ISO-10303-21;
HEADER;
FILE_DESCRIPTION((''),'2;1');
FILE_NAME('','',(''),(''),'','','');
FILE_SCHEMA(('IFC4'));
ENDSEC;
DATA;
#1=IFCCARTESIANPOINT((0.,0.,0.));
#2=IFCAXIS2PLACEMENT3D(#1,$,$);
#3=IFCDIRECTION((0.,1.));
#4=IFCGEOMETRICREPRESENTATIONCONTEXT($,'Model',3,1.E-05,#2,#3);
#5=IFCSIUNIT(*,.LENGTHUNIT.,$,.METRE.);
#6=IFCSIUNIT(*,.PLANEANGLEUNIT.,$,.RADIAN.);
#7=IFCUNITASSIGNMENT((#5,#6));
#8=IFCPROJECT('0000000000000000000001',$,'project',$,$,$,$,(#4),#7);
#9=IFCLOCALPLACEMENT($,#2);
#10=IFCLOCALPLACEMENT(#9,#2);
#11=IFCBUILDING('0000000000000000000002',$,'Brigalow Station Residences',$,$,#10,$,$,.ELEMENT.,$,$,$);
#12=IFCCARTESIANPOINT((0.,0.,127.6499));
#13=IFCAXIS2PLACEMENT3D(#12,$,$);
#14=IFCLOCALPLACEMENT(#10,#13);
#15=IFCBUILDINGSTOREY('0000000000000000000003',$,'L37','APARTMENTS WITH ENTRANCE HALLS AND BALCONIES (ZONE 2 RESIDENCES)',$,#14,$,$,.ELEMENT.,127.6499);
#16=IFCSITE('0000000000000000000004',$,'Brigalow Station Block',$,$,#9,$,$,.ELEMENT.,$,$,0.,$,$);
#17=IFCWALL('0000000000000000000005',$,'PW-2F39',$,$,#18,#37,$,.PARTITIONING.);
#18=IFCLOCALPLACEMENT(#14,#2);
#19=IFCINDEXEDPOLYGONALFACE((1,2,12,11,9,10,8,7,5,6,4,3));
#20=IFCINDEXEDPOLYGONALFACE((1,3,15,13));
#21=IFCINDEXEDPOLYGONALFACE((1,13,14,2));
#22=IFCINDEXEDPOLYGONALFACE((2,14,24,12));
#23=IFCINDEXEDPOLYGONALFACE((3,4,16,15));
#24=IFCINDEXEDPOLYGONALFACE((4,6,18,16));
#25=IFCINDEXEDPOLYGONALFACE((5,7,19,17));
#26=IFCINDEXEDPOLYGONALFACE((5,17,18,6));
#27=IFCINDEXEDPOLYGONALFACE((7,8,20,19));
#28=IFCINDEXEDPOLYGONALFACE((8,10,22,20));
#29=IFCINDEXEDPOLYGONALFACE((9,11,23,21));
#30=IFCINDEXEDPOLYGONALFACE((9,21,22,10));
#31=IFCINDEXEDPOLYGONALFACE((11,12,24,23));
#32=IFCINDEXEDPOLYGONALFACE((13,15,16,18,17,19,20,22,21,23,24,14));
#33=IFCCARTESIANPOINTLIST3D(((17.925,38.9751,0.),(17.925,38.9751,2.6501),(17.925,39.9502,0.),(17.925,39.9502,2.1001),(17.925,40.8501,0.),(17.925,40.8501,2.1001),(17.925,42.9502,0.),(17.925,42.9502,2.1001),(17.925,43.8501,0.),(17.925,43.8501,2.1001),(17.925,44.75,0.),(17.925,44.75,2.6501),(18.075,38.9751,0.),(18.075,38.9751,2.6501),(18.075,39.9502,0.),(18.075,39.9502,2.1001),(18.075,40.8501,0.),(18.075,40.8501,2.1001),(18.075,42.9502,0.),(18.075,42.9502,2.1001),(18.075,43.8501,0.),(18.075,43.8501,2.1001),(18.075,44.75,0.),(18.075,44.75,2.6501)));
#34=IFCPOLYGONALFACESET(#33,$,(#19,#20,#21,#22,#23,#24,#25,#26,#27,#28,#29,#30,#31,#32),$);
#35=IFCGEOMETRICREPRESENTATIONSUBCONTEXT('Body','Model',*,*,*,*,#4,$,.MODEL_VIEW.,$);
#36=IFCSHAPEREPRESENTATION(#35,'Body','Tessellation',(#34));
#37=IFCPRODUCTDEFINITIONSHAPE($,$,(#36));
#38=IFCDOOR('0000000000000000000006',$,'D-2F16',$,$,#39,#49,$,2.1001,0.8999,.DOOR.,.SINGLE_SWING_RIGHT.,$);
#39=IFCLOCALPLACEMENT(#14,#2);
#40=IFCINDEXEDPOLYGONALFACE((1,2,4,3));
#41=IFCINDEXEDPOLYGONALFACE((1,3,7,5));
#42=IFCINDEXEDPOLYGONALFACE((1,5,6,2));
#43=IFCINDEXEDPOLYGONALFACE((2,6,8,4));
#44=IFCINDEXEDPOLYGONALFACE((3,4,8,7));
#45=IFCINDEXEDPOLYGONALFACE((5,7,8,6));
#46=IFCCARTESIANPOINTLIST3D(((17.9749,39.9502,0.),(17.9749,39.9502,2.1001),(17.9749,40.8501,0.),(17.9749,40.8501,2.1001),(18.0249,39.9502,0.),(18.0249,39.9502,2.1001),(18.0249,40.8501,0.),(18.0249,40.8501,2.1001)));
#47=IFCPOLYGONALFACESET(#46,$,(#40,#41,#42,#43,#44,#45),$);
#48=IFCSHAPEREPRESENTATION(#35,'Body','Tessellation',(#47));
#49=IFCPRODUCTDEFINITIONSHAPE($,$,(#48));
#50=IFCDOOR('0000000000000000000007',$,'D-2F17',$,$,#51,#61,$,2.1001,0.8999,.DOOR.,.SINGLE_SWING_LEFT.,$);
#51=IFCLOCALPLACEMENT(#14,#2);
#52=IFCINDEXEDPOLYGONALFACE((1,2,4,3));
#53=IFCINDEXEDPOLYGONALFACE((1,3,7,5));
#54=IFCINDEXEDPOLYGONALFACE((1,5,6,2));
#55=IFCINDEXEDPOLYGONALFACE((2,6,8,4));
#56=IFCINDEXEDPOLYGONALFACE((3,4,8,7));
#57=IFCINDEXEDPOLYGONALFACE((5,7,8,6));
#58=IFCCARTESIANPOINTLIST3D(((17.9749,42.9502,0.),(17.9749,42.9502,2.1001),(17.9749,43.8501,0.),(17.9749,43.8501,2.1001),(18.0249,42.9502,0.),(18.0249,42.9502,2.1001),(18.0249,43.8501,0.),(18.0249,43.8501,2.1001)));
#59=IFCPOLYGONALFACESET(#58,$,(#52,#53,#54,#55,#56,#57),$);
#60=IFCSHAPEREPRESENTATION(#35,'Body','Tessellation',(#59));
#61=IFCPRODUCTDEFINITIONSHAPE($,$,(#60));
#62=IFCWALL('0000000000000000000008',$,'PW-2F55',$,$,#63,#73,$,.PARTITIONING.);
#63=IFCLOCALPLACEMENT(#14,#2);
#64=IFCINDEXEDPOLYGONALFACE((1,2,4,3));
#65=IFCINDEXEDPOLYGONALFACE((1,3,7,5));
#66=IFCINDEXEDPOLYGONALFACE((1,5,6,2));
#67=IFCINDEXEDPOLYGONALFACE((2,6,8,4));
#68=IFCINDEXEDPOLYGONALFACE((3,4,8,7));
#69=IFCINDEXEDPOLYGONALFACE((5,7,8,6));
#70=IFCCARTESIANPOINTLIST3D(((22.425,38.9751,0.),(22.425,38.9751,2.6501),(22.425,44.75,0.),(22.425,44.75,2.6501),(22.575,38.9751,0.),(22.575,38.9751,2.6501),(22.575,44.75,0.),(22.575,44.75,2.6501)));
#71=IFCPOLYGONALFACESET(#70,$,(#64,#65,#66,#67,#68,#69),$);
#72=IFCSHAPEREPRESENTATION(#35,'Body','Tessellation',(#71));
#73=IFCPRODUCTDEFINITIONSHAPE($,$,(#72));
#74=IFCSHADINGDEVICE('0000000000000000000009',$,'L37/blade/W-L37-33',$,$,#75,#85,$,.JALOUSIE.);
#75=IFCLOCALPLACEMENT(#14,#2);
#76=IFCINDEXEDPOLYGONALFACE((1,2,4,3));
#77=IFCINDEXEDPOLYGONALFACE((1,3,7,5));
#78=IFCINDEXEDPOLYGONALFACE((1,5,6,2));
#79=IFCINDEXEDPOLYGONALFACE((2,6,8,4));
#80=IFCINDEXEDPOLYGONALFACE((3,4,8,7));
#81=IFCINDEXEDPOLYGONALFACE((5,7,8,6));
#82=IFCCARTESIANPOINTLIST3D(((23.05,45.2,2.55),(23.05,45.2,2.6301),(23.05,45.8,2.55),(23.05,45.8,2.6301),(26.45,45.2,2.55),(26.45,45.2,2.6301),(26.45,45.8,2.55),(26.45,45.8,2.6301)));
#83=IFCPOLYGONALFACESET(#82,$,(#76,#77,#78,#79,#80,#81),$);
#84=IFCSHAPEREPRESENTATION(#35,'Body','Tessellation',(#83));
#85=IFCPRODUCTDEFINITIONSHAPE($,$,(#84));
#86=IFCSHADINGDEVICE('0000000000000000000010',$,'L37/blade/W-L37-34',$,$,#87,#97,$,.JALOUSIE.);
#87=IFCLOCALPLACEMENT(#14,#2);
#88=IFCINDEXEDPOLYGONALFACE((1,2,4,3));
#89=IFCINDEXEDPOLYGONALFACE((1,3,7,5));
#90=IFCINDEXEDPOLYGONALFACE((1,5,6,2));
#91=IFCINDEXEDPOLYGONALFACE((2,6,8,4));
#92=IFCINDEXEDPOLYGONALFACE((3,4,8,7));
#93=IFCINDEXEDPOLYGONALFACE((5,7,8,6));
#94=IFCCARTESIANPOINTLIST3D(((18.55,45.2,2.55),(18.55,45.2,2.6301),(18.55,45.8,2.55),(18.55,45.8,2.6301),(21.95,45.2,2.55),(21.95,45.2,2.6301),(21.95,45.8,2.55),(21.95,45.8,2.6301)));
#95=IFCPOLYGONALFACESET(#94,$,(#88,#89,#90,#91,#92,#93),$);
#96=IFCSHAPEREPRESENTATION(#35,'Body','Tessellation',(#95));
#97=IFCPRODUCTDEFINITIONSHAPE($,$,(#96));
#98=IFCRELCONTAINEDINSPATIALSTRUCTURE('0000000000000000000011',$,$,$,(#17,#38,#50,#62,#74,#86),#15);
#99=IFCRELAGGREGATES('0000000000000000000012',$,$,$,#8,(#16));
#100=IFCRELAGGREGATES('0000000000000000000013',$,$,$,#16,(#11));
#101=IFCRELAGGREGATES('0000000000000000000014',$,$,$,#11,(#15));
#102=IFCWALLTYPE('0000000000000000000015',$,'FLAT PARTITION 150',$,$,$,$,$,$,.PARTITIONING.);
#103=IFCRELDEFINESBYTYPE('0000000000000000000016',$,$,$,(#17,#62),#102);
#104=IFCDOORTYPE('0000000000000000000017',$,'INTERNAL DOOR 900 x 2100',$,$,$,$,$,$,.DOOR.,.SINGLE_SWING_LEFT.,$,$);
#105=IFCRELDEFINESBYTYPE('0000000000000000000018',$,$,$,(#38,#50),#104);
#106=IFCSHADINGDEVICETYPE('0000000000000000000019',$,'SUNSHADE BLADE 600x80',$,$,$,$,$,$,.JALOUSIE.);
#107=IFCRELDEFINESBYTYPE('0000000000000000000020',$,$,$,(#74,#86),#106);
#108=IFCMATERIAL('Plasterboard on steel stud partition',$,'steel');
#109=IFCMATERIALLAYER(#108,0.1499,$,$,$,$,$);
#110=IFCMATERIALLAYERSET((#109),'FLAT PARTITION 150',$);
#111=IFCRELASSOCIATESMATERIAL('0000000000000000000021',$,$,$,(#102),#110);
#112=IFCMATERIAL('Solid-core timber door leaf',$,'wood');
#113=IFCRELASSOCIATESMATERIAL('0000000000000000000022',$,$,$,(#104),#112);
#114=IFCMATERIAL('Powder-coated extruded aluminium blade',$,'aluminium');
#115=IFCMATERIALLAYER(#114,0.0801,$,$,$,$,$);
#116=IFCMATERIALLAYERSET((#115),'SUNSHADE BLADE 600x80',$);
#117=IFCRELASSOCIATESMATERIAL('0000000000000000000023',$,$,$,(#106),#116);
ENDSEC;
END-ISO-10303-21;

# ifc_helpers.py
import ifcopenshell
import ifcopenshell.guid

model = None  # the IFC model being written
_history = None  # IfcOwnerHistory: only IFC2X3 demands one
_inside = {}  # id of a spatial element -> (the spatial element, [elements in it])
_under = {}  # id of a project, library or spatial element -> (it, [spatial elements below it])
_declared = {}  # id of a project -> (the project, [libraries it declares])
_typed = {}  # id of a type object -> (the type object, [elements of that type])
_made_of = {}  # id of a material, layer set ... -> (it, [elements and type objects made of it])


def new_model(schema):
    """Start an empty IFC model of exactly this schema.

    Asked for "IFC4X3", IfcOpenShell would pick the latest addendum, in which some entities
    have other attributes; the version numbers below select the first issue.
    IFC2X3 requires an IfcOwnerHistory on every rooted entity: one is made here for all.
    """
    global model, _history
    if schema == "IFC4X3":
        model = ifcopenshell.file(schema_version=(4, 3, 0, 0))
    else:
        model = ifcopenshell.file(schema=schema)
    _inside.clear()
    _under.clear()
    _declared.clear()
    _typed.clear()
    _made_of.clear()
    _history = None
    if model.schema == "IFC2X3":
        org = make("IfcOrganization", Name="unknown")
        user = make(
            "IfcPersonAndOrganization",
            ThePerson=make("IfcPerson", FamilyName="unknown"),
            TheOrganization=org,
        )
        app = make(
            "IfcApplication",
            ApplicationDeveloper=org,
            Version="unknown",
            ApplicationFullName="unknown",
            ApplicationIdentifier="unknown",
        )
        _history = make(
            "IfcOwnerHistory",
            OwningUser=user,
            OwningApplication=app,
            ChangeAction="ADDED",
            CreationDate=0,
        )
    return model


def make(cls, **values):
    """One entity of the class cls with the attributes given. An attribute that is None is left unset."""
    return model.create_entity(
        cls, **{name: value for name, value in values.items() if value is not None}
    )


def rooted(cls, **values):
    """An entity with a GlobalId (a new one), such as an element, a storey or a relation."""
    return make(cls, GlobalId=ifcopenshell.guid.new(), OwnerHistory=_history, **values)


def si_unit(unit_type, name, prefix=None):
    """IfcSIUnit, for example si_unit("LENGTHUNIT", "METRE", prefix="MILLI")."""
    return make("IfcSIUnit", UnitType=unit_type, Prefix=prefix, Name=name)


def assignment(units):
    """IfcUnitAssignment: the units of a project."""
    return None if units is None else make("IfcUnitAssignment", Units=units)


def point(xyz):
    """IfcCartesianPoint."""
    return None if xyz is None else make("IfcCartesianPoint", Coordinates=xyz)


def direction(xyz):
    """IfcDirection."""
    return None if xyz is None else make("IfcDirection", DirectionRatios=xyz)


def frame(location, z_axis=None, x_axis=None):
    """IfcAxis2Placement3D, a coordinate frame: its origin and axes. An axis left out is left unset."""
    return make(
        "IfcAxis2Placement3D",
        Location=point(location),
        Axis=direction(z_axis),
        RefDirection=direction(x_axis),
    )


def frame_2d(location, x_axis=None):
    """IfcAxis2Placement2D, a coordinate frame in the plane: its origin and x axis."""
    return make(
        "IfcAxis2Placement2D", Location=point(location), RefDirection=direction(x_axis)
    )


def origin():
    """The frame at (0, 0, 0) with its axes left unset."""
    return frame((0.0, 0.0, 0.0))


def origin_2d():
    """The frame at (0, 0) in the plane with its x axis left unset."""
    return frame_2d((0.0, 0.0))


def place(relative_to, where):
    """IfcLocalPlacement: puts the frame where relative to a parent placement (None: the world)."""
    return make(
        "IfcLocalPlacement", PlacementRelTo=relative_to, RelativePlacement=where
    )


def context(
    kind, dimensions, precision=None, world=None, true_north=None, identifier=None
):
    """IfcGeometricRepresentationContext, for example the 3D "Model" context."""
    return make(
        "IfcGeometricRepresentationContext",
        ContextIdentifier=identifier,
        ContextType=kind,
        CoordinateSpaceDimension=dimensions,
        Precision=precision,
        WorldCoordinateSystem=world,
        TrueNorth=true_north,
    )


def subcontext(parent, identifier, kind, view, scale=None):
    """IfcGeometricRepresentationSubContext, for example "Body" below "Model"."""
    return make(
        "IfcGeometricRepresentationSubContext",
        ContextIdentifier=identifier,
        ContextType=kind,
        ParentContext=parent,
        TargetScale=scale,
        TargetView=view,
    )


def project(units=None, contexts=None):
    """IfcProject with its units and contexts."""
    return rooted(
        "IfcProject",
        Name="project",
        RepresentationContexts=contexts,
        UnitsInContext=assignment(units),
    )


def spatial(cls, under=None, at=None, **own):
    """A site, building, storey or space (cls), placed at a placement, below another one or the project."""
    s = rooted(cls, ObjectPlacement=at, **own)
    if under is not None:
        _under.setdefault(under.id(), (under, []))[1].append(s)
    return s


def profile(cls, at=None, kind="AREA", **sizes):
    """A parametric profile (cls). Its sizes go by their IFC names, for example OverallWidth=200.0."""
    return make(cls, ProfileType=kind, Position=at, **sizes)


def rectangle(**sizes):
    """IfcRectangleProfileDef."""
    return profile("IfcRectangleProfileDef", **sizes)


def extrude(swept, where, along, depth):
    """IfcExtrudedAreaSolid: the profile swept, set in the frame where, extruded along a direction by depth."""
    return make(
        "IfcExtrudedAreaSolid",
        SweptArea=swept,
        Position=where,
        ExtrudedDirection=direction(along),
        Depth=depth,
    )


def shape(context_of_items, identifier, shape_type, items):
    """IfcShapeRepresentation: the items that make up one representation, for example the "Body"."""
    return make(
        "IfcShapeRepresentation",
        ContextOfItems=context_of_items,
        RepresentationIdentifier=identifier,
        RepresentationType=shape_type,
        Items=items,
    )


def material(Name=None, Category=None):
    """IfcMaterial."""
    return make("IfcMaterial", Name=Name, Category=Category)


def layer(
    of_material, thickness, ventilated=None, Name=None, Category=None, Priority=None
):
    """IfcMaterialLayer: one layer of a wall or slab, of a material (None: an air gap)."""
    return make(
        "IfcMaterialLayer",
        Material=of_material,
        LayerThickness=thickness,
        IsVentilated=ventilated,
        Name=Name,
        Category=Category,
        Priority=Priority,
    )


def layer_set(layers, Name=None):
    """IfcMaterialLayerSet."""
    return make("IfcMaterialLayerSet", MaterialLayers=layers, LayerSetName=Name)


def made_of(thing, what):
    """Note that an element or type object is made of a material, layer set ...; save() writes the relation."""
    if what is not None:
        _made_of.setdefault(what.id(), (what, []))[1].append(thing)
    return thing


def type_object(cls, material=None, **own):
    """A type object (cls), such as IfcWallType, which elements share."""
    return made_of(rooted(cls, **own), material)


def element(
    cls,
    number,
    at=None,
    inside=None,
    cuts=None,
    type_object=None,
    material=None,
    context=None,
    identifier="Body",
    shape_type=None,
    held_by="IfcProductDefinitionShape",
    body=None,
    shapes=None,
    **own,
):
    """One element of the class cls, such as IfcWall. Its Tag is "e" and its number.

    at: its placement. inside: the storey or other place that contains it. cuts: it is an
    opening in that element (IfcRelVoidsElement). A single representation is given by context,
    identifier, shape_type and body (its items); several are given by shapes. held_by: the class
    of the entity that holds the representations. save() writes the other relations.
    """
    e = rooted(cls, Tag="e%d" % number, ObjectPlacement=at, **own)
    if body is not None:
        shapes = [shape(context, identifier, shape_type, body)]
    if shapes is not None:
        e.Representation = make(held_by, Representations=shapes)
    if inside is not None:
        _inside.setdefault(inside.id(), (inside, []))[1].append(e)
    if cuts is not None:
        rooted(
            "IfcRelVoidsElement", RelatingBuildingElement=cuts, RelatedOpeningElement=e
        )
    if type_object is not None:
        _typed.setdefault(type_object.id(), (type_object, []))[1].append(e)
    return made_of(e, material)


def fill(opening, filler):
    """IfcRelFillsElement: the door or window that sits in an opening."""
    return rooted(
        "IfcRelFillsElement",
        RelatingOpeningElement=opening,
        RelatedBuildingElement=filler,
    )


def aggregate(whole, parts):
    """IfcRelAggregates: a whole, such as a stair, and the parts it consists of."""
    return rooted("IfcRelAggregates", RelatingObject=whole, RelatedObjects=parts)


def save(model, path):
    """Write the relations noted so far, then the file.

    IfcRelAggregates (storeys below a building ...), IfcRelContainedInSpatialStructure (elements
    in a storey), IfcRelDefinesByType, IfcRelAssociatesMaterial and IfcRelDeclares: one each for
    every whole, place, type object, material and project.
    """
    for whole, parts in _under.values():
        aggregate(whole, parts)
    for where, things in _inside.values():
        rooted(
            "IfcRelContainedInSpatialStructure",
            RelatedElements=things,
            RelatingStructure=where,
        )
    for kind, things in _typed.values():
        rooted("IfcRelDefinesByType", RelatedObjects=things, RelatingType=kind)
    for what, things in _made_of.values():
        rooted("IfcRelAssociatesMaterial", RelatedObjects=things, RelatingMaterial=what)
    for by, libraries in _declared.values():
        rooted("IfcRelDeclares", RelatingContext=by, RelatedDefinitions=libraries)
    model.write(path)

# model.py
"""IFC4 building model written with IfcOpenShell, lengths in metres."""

from ifc_helpers import new_model, si_unit, direction, frame, frame_2d, origin, origin_2d, place, context, subcontext, project, spatial, rectangle, extrude, material, layer, layer_set, type_object, element, fill, save


model = new_model("IFC4")

# Units and contexts
model_context = context("Model", 3, precision=1e-05, world=origin(), true_north=direction((0.0, 1.0)))
body_context = subcontext(model_context, "Body", "Model", "MODEL_VIEW")
ifc_project = project(units=[si_unit("LENGTHUNIT", "METRE"), si_unit("PLANEANGLEUNIT", "RADIAN")], contexts=[model_context])

# Site, building, storey
site_placement = place(None, origin())
site = spatial("IfcSite", under=ifc_project, at=site_placement, Name="Brigalow Station Block", CompositionType="ELEMENT", RefElevation=0.0)
building_placement = place(site_placement, origin())
building = spatial("IfcBuilding", under=site, at=building_placement, Name="Brigalow Station Residences", CompositionType="ELEMENT")
storey_placement = place(building_placement, frame((0.0, 0.0, 127.6499)))
storey = spatial("IfcBuildingStorey", under=building, at=storey_placement, Name="L37", Description="APARTMENTS WITH ENTRANCE HALLS AND BALCONIES (ZONE 2 RESIDENCES)", CompositionType="ELEMENT", Elevation=127.6499)

# Shared definitions
ifc_material_1 = material(Name="Plasterboard on steel stud partition", Category="steel")
ifc_layer_1 = layer(ifc_material_1, 0.1499)
ifc_layer_set_1 = layer_set([ifc_layer_1], Name="FLAT PARTITION 150")
wall_type_1 = type_object("IfcWallType", Name="FLAT PARTITION 150", PredefinedType="PARTITIONING", material=ifc_layer_set_1)

# Wall, openings, doors
wall_1_placement = place(storey_placement, frame((18.0, 38.9751, 0.0), z_axis=(0.0, 0.0, 1.0), x_axis=(0.0, 1.0, 0.0)))
wall_1 = element("IfcWall", 1, at=wall_1_placement, inside=storey, type_object=wall_type_1, Name="PW-2F39", PredefinedType="PARTITIONING", context=body_context, shape_type="SweptSolid", body=[
    extrude(rectangle(XDim=5.7749, YDim=0.1499, at=frame_2d((2.8875, 0.0))), origin(), (0.0, 0.0, 1.0), 2.6501),
])
opening_1_placement = place(wall_1_placement, frame((0.9751, 0.0, 0.0)))
opening_1 = element("IfcOpeningElement", 2, at=opening_1_placement, cuts=wall_1, PredefinedType="OPENING", context=body_context, shape_type="SweptSolid", body=[
    extrude(rectangle(XDim=0.8999, YDim=2.1001, at=frame_2d((0.45, 1.05))), frame((0.0, 0.085, 0.0), z_axis=(0.0, -1.0, 0.0), x_axis=(1.0, 0.0, 0.0)), (0.0, 0.0, 1.0), 0.1699),
])
opening_2_placement = place(wall_1_placement, frame((3.9751, 0.0, 0.0)))
opening_2 = element("IfcOpeningElement", 3, at=opening_2_placement, cuts=wall_1, PredefinedType="OPENING", context=body_context, shape_type="SweptSolid", body=[
    extrude(rectangle(XDim=0.8999, YDim=2.1001, at=frame_2d((0.45, 1.05))), frame((0.0, 0.085, 0.0), z_axis=(0.0, -1.0, 0.0), x_axis=(1.0, 0.0, 0.0)), (0.0, 0.0, 1.0), 0.1699),
])
ifc_material_2 = material(Name="Solid-core timber door leaf", Category="wood")
door_type_1 = type_object("IfcDoorType", Name="INTERNAL DOOR 900 x 2100", OperationType="SINGLE_SWING_LEFT", PredefinedType="DOOR", material=ifc_material_2)
door_1_placement = place(opening_1_placement, frame((0.8999, 0.0, 0.0), z_axis=(0.0, 0.0, 1.0), x_axis=(-1.0, 0.0, 0.0)))
door_1 = element("IfcDoor", 4, at=door_1_placement, inside=storey, type_object=door_type_1, Name="D-2F16", OperationType="SINGLE_SWING_RIGHT", OverallHeight=2.1001, OverallWidth=0.8999, PredefinedType="DOOR", context=body_context, shape_type="SweptSolid", body=[
    extrude(rectangle(XDim=0.8999, YDim=2.1001, at=frame_2d((0.45, 1.05))), frame((0.0, 0.0249, 0.0), z_axis=(0.0, -1.0, 0.0), x_axis=(1.0, 0.0, 0.0)), (0.0, 0.0, 1.0), 0.05),
])
fill(opening_1, door_1)
door_2_placement = place(opening_2_placement, frame((0.8999, 0.0, 0.0), z_axis=(0.0, 0.0, 1.0), x_axis=(-1.0, 0.0, 0.0)))
door_2 = element("IfcDoor", 5, at=door_2_placement, inside=storey, type_object=door_type_1, Name="D-2F17", OperationType="SINGLE_SWING_LEFT", OverallHeight=2.1001, OverallWidth=0.8999, PredefinedType="DOOR", context=body_context, shape_type="SweptSolid", body=[
    extrude(rectangle(XDim=0.8999, YDim=2.1001, at=frame_2d((0.45, 1.05))), frame((0.0, 0.0249, 0.0), z_axis=(0.0, -1.0, 0.0), x_axis=(1.0, 0.0, 0.0)), (0.0, 0.0, 1.0), 0.05),
])
fill(opening_2, door_2)

# Wall
wall_2_placement = place(storey_placement, frame((22.5, 38.9751, 0.0), z_axis=(0.0, 0.0, 1.0), x_axis=(0.0, 1.0, 0.0)))
element("IfcWall", 6, at=wall_2_placement, inside=storey, type_object=wall_type_1, Name="PW-2F55", PredefinedType="PARTITIONING", context=body_context, shape_type="SweptSolid", body=[
    extrude(rectangle(XDim=5.7749, YDim=0.1499, at=frame_2d((2.8875, 0.0))), origin(), (0.0, 0.0, 1.0), 2.6501),
])

# Shading devices
ifc_material_3 = material(Name="Powder-coated extruded aluminium blade", Category="aluminium")
ifc_layer_2 = layer(ifc_material_3, 0.0801)
ifc_layer_set_2 = layer_set([ifc_layer_2], Name="SUNSHADE BLADE 600x80")
shading_device_type = type_object("IfcShadingDeviceType", Name="SUNSHADE BLADE 600x80", PredefinedType="JALOUSIE", material=ifc_layer_set_2)
for number, where, z_axis, x_axis, name in (
    (7, (24.75, 45.5, 2.55), (0.0, 0.0, 1.0), (-1.0, 0.0, 0.0), "L37/blade/W-L37-33"),
    (8, (20.25, 45.5, 2.55), (0.0, 0.0, 1.0), (-1.0, 0.0, 0.0), "L37/blade/W-L37-34"),
):
    element("IfcShadingDevice", number, at=place(storey_placement, frame(where, z_axis=z_axis, x_axis=x_axis)), inside=storey, type_object=shading_device_type, Name=name, PredefinedType="JALOUSIE", context=body_context, shape_type="SweptSolid", body=[
        extrude(rectangle(XDim=3.3999, YDim=0.6001, at=origin_2d()), origin(), (0.0, 0.0, 1.0), 0.0801),
    ])

save(model, "model.ifc")
